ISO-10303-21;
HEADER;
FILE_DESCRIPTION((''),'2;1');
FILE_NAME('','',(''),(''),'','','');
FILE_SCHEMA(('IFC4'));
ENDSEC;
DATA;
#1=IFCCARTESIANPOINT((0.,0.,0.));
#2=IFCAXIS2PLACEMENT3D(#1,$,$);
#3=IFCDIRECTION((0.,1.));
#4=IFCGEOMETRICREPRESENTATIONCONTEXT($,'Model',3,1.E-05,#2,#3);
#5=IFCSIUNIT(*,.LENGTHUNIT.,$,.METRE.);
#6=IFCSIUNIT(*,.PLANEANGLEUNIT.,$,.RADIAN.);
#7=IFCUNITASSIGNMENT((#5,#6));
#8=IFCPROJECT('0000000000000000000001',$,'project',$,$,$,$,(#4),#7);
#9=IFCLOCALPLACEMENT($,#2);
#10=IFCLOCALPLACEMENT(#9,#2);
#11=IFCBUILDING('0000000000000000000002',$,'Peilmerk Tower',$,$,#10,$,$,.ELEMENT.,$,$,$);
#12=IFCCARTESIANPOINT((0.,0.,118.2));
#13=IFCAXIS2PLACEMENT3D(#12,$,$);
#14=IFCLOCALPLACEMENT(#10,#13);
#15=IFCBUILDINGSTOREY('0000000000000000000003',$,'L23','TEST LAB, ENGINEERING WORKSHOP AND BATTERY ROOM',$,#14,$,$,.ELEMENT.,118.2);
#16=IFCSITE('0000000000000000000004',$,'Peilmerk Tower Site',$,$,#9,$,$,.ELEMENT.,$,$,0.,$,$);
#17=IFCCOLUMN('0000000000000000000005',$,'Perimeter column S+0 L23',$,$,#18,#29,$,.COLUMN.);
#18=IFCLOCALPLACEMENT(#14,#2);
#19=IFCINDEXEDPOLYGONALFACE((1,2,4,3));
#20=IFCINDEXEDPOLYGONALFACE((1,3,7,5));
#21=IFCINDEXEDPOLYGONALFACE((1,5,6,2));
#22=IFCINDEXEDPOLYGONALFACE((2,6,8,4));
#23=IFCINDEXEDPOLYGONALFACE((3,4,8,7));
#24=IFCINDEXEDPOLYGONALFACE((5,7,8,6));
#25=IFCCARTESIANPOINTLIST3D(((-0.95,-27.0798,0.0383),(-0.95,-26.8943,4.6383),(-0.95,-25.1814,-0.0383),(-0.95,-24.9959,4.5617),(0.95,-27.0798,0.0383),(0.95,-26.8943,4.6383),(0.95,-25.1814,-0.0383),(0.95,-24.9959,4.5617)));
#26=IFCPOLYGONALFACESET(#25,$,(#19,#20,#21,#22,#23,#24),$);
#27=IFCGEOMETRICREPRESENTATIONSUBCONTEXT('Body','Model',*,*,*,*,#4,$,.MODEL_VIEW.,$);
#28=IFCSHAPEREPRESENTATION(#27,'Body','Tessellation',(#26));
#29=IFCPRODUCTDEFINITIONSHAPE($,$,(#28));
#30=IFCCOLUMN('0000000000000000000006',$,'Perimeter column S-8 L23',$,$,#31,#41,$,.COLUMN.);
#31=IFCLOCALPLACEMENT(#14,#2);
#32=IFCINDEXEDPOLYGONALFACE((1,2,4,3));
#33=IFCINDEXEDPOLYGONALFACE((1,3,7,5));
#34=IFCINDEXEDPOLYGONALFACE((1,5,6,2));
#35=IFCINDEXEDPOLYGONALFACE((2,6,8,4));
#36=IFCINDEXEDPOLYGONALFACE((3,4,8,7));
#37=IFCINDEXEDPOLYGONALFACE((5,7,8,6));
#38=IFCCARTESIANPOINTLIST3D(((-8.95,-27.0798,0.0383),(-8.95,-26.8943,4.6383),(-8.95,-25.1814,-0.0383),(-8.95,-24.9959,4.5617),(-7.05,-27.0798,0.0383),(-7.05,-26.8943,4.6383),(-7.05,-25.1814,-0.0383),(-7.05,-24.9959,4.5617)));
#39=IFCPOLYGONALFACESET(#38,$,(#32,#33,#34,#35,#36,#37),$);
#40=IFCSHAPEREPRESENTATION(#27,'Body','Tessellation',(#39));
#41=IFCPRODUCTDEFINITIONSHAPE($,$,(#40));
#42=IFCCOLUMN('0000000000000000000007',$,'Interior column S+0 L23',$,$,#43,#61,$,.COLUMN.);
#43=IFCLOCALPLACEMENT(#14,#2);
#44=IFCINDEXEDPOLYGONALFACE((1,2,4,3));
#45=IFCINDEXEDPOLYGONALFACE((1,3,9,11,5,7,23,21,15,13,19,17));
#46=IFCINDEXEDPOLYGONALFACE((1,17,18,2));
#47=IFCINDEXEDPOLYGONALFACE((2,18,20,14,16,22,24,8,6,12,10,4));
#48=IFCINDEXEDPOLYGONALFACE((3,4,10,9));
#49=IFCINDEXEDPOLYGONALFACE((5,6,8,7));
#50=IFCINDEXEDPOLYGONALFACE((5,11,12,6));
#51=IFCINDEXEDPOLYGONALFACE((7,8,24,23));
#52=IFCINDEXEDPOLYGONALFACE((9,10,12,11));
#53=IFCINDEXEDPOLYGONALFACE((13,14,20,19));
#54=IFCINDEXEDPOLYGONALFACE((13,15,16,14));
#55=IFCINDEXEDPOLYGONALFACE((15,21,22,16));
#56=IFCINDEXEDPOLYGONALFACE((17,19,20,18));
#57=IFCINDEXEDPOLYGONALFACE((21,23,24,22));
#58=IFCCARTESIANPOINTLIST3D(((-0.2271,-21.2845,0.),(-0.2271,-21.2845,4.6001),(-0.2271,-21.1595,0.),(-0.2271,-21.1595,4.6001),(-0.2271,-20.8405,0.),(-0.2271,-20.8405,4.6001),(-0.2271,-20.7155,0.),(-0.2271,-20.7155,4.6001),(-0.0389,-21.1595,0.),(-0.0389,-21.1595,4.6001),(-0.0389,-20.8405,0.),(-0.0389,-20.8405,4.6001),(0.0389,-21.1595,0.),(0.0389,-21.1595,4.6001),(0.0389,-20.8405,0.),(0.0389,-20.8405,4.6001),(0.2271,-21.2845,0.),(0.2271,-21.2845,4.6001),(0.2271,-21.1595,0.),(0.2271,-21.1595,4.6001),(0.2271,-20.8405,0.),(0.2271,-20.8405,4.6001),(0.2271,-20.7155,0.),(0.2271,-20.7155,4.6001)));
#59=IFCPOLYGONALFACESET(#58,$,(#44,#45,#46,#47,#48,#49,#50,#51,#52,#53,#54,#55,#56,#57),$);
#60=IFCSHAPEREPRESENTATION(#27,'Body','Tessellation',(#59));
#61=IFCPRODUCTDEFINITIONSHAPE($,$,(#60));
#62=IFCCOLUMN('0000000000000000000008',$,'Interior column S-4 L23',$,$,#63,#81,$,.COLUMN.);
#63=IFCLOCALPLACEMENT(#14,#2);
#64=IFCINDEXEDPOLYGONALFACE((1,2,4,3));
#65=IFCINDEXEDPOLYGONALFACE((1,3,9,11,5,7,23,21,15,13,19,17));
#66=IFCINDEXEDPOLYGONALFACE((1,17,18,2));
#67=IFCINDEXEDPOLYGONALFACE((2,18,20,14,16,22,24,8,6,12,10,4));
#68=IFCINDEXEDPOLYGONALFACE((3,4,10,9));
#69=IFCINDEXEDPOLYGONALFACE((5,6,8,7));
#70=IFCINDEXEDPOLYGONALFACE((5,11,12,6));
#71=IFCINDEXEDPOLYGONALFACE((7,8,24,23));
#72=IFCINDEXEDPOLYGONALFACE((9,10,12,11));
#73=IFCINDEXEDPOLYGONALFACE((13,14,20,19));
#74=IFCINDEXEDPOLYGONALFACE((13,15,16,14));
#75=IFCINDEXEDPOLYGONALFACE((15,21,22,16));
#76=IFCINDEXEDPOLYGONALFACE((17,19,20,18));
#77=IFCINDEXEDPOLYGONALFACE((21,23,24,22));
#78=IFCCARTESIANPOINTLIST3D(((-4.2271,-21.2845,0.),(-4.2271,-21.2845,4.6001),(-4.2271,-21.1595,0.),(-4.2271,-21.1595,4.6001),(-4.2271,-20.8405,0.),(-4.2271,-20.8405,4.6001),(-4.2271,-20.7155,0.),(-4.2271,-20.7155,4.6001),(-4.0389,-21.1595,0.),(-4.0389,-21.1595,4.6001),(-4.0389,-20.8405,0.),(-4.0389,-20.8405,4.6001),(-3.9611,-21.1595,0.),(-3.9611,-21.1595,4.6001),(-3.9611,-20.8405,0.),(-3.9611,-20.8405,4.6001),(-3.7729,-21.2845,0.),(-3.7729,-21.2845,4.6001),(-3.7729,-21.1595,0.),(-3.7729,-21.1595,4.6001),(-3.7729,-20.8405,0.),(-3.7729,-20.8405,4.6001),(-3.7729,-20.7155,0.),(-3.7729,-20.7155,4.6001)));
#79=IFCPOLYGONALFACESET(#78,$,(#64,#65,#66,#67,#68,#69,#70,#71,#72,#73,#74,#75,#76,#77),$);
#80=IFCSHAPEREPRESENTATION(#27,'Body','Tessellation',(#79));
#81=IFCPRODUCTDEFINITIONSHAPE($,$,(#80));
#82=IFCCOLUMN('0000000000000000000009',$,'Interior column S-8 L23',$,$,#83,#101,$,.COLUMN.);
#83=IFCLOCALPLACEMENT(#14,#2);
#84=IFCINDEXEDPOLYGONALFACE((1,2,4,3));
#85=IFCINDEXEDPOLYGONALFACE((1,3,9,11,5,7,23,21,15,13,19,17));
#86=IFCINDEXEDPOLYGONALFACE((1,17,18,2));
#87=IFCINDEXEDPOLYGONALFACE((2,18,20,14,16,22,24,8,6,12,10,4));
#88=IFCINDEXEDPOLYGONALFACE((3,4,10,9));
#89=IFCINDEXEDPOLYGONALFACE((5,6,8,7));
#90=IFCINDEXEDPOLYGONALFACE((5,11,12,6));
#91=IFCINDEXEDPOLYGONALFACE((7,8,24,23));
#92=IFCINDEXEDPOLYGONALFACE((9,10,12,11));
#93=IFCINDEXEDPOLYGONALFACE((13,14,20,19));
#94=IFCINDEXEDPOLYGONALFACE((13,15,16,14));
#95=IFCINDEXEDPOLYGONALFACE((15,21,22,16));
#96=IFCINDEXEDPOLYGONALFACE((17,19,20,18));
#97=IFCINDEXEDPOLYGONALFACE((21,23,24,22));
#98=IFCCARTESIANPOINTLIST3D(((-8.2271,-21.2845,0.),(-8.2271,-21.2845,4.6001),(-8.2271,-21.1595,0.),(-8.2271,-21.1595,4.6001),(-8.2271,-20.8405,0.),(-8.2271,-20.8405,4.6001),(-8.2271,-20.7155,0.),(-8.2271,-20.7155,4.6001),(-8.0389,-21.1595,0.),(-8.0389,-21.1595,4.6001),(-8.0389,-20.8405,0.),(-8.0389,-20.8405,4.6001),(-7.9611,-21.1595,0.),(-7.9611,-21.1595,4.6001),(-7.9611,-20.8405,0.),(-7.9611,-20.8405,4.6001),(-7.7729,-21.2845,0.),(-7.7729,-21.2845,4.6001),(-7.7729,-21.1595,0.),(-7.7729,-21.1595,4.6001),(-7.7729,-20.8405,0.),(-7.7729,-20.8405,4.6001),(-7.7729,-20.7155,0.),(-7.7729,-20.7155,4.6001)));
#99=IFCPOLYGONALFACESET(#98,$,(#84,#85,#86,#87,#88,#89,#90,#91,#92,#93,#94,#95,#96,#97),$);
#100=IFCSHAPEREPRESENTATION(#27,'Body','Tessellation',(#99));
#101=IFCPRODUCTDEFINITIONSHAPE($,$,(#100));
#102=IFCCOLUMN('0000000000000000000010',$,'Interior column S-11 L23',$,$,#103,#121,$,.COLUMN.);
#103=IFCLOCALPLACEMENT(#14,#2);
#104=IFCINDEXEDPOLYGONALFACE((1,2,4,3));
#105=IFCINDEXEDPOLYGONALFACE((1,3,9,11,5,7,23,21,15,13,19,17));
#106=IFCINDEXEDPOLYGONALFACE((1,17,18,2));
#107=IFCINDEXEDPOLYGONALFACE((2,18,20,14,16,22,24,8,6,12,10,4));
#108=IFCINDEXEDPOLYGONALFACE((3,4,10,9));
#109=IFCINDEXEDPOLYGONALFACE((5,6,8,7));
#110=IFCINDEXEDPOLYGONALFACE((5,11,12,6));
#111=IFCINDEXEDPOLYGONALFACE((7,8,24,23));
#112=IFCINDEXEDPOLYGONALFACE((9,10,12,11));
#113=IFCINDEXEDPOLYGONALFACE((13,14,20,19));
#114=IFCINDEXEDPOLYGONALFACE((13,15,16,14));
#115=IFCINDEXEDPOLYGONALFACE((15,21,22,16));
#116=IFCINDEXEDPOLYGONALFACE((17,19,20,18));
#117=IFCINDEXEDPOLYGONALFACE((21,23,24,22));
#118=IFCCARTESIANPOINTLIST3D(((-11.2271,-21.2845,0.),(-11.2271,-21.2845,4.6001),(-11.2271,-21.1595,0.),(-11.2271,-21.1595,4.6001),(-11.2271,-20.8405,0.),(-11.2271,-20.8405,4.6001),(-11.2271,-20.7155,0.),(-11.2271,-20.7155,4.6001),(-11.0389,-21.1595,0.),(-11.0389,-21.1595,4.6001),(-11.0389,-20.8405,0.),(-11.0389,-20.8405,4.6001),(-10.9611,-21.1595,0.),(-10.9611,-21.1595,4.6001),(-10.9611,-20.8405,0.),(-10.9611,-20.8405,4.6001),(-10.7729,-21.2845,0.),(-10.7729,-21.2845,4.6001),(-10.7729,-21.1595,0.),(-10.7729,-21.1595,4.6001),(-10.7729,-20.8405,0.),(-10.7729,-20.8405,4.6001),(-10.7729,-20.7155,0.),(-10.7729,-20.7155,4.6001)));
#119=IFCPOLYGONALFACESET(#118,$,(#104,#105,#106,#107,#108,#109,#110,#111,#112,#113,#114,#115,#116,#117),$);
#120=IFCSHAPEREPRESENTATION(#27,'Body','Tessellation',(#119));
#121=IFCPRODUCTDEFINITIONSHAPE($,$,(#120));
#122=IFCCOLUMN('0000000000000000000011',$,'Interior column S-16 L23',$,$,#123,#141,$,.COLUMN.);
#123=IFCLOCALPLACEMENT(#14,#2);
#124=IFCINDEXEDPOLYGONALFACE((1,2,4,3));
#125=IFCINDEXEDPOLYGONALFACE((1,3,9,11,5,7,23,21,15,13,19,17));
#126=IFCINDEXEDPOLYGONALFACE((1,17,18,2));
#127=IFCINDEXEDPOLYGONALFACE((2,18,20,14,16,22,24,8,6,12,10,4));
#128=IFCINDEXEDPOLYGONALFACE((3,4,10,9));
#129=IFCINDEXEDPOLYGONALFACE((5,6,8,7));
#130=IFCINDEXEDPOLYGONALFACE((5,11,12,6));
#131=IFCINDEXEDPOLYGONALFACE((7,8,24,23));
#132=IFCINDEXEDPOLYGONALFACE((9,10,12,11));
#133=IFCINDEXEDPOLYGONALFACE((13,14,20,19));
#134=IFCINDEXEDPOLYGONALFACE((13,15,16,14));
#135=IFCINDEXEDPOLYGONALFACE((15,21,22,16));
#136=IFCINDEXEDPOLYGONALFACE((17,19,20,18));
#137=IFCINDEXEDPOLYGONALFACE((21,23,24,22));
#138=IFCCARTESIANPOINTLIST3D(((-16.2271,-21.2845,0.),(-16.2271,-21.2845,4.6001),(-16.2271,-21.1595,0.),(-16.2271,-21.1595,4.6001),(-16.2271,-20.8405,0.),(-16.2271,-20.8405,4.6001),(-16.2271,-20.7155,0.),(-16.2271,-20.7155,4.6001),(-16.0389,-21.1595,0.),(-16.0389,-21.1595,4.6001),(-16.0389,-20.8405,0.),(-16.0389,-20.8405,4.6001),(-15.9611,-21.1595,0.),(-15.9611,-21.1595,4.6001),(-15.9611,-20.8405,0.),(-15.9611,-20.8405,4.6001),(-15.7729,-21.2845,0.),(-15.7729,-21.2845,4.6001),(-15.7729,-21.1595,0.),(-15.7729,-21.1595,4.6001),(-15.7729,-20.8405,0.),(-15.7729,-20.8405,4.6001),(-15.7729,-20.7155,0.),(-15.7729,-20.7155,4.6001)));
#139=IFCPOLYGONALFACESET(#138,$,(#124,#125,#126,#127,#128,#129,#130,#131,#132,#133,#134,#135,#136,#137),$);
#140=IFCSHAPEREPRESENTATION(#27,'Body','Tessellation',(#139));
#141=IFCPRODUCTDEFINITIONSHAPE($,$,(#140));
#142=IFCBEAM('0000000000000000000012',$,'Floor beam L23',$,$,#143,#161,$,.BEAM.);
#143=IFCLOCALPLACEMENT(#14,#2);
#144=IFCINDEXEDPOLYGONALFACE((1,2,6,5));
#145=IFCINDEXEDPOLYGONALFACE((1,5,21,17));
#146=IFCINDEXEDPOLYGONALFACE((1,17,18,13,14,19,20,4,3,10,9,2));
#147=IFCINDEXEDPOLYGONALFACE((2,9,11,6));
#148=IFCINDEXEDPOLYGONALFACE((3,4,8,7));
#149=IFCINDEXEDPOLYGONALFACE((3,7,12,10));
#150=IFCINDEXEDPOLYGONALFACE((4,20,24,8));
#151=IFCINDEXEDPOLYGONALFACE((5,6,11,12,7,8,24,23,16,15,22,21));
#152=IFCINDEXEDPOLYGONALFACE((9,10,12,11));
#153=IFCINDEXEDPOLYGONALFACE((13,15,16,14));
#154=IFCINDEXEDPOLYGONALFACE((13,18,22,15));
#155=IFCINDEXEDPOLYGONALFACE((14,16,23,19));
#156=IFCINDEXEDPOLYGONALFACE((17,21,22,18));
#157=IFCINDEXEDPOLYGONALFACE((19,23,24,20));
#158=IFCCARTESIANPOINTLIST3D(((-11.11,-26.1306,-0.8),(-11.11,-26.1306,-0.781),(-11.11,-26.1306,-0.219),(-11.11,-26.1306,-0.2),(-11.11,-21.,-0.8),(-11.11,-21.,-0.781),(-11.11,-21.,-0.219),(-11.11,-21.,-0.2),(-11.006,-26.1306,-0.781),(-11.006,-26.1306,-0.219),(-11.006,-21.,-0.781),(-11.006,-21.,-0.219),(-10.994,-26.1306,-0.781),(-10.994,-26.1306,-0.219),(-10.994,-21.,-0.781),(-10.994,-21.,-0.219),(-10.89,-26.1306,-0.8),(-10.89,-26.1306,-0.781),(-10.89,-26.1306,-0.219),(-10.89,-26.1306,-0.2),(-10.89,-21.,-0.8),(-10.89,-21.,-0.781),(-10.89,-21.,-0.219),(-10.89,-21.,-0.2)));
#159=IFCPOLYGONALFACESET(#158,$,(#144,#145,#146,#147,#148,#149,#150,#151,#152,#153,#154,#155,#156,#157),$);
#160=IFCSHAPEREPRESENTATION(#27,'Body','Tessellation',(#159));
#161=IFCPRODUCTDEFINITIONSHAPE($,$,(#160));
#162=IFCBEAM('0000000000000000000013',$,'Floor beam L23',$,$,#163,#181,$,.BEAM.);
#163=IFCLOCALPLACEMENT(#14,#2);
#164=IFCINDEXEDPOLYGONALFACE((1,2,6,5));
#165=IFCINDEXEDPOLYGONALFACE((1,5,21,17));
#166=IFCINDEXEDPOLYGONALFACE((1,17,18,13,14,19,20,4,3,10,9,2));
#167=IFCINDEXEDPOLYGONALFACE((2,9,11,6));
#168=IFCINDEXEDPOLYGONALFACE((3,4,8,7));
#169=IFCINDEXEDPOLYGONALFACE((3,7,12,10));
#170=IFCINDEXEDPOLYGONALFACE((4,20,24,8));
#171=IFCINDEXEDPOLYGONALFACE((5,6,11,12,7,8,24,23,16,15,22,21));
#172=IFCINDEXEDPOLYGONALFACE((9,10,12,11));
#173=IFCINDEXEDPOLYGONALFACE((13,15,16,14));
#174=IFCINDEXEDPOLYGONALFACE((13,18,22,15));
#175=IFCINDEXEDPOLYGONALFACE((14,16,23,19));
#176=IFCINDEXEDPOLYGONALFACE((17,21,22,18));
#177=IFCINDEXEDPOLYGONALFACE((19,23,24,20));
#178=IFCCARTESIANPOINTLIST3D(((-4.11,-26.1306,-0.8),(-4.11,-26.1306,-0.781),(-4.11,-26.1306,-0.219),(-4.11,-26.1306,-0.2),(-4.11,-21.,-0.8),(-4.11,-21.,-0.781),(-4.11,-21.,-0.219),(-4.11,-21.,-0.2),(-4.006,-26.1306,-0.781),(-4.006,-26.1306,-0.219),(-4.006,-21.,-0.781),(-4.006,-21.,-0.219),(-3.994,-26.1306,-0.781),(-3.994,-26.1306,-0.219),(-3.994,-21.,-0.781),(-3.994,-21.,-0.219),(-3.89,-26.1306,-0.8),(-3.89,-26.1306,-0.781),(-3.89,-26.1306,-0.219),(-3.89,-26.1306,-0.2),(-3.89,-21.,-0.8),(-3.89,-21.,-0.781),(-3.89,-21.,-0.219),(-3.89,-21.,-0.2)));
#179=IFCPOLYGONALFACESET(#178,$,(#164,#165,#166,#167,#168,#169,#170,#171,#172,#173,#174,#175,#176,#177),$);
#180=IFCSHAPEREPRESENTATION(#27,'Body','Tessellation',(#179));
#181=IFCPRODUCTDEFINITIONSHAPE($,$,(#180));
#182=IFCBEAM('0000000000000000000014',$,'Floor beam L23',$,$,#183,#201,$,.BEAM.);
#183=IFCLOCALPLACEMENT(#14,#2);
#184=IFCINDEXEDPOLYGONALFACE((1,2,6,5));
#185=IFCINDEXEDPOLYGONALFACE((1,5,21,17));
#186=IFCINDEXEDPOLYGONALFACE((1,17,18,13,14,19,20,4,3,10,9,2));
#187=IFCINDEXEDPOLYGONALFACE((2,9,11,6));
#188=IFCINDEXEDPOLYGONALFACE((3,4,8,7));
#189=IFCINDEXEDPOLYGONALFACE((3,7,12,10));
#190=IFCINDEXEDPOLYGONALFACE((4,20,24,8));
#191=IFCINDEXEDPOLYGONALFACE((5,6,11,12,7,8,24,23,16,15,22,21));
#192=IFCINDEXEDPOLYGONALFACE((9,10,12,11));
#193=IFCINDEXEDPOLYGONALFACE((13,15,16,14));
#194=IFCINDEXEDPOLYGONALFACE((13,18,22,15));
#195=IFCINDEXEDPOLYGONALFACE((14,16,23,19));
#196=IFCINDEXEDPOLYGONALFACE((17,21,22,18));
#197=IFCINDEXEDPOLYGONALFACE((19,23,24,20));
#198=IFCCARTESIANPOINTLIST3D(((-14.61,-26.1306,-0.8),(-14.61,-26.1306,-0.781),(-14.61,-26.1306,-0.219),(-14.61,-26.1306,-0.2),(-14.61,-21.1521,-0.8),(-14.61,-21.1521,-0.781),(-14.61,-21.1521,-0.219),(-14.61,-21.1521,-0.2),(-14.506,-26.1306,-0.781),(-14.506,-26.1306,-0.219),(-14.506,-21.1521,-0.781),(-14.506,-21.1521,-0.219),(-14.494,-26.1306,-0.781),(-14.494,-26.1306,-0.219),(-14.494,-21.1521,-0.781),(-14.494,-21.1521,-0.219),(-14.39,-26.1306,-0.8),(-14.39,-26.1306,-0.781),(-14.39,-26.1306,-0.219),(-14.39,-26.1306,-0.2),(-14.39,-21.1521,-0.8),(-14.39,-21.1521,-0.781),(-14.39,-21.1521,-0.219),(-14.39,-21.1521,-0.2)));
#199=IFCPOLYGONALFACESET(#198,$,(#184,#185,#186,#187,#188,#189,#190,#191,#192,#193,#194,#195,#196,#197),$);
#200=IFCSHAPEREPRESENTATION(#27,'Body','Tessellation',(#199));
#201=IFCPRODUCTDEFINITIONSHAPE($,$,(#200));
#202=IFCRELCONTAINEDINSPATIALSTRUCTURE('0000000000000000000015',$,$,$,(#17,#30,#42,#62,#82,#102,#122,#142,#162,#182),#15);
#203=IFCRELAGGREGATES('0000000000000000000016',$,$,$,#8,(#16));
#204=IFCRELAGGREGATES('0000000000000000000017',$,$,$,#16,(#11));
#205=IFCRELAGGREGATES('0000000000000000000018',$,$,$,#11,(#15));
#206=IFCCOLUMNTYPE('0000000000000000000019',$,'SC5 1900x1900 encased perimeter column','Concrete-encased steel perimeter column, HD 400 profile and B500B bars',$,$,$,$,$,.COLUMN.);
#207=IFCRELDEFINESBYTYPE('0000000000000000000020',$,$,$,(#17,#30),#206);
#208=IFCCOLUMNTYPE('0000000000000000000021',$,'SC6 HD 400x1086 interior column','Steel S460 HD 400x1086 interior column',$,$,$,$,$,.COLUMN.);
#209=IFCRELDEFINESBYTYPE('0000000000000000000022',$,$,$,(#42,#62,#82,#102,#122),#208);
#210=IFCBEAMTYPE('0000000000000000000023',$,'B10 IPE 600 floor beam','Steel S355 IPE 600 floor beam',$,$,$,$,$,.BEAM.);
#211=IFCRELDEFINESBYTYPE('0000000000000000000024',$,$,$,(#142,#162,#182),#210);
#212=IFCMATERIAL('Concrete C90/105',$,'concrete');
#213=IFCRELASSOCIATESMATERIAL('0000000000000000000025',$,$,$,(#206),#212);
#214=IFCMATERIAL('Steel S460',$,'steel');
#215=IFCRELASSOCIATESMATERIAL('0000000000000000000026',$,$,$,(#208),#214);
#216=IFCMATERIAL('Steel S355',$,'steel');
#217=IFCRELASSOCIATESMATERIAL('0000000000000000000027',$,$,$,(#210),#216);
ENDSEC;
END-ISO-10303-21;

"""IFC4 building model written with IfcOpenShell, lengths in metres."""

from ifc_helpers import new_model, si_unit, direction, frame, origin, origin_2d, place, context, subcontext, project, spatial, rectangle, i_section, extrude, material, material_profile, profile_set, type_object, element, save


model = new_model("IFC4")

# Units and contexts
model_context = context("Model", 3, precision=1e-05, world=origin(), true_north=direction((0.0, 1.0)))
body_context = subcontext(model_context, "Body", "Model", "MODEL_VIEW")
ifc_project = project(units=[si_unit("LENGTHUNIT", "METRE"), si_unit("PLANEANGLEUNIT", "RADIAN")], contexts=[model_context])

# Site, building, storey
site_placement = place(None, origin())
site = spatial("IfcSite", under=ifc_project, at=site_placement, Name="Peilmerk Tower Site", CompositionType="ELEMENT", RefElevation=0.0)
building_placement = place(site_placement, origin())
building = spatial("IfcBuilding", under=site, at=building_placement, Name="Peilmerk Tower", CompositionType="ELEMENT")
storey_placement = place(building_placement, frame((0.0, 0.0, 118.2)))
storey = spatial("IfcBuildingStorey", under=building, at=storey_placement, Name="L23", Description="TEST LAB, ENGINEERING WORKSHOP AND BATTERY ROOM", CompositionType="ELEMENT", Elevation=118.2)

# Columns
ifc_material_1 = material(Name="Concrete C90/105", Category="concrete")
ifc_material_profile_1 = material_profile(ifc_material_1, rectangle(XDim=1.8999, YDim=1.8999, at=origin_2d()), Name="RC 1900x1900")
ifc_profile_set_1 = profile_set([ifc_material_profile_1], Name="Concrete C90/105")
column_type_1 = type_object("IfcColumnType", Name="SC5 1900x1900 encased perimeter column", Description="Concrete-encased steel perimeter column, HD 400 profile and B500B bars", PredefinedType="COLUMN", material=ifc_profile_set_1)
for number, where, z_axis, x_axis, name in (
    (1, (0.0, -26.1306, 0.0), (0.0, 0.040303, 0.999188), (-1.0, 0.0, 0.0), "Perimeter column S+0 L23"),
    (2, (-8.0, -26.1306, 0.0), (0.0, 0.040303, 0.999188), (-1.0, 0.0, 0.0), "Perimeter column S-8 L23"),
):
    element("IfcColumn", number, at=place(storey_placement, frame(where, z_axis=z_axis, x_axis=x_axis)), inside=storey, type_object=column_type_1, Name=name, PredefinedType="COLUMN", context=body_context, shape_type="SweptSolid", body=[
        extrude(rectangle(XDim=1.8999, YDim=1.8999, at=origin_2d()), origin(), (0.0, 0.0, 1.0), 4.6038),
    ])
ifc_material_2 = material(Name="Steel S460", Category="steel")
ifc_material_profile_2 = material_profile(ifc_material_2, i_section(OverallWidth=0.4541, OverallDepth=0.5691, WebThickness=0.0779, FlangeThickness=0.125, at=origin_2d()), Name="HD 400x1086")
ifc_profile_set_2 = profile_set([ifc_material_profile_2], Name="Steel S460")
column_type_2 = type_object("IfcColumnType", Name="SC6 HD 400x1086 interior column", Description="Steel S460 HD 400x1086 interior column", PredefinedType="COLUMN", material=ifc_profile_set_2)
for number, where, z_axis, x_axis, name in (
    (3, (0.0, -21.0, 0.0), (0.0, 0.0, 1.0), (1.0, 0.0, 0.0), "Interior column S+0 L23"),
    (4, (-4.0, -21.0, 0.0), (0.0, 0.0, 1.0), (1.0, 0.0, 0.0), "Interior column S-4 L23"),
    (5, (-8.0, -21.0, 0.0), (0.0, 0.0, 1.0), (1.0, 0.0, 0.0), "Interior column S-8 L23"),
    (6, (-11.0, -21.0, 0.0), (0.0, 0.0, 1.0), (1.0, 0.0, 0.0), "Interior column S-11 L23"),
    (7, (-16.0, -21.0, 0.0), (0.0, 0.0, 1.0), (1.0, 0.0, 0.0), "Interior column S-16 L23"),
):
    element("IfcColumn", number, at=place(storey_placement, frame(where, z_axis=z_axis, x_axis=x_axis)), inside=storey, type_object=column_type_2, Name=name, PredefinedType="COLUMN", context=body_context, shape_type="SweptSolid", body=[
        extrude(i_section(OverallWidth=0.4541, OverallDepth=0.5691, WebThickness=0.0779, FlangeThickness=0.125, at=origin_2d()), origin(), (0.0, 0.0, 1.0), 4.6001),
    ])

# Beams
ifc_material_3 = material(Name="Steel S355", Category="steel")
ifc_material_profile_3 = material_profile(ifc_material_3, i_section(OverallWidth=0.22, OverallDepth=0.6001, WebThickness=0.012, FlangeThickness=0.019, at=origin_2d()), Name="IPE 600")
ifc_profile_set_3 = profile_set([ifc_material_profile_3], Name="Steel S355")
beam_type_1 = type_object("IfcBeamType", Name="B10 IPE 600 floor beam", Description="Steel S355 IPE 600 floor beam", PredefinedType="BEAM", material=ifc_profile_set_3)
for number, where, z_axis, x_axis, name in (
    (8, (-11.0, -21.0, -0.5), (0.0, -1.0, 0.0), (1.0, 0.0, 0.0), "Floor beam L23"),
    (9, (-4.0, -21.0, -0.5), (0.0, -1.0, 0.0), (1.0, 0.0, 0.0), "Floor beam L23"),
):
    element("IfcBeam", number, at=place(storey_placement, frame(where, z_axis=z_axis, x_axis=x_axis)), inside=storey, type_object=beam_type_1, Name=name, PredefinedType="BEAM", context=body_context, shape_type="SweptSolid", body=[
        extrude(i_section(OverallWidth=0.22, OverallDepth=0.6001, WebThickness=0.012, FlangeThickness=0.019, at=origin_2d()), origin(), (0.0, 0.0, 1.0), 5.1306),
    ])
beam_1_placement = place(storey_placement, frame((-14.5, -21.1521, -0.5), z_axis=(0.0, -1.0, 0.0), x_axis=(1.0, 0.0, 0.0)))
element("IfcBeam", 10, at=beam_1_placement, inside=storey, type_object=beam_type_1, Name="Floor beam L23", PredefinedType="BEAM", context=body_context, shape_type="SweptSolid", body=[
    extrude(i_section(OverallWidth=0.22, OverallDepth=0.6001, WebThickness=0.012, FlangeThickness=0.019, at=origin_2d()), origin(), (0.0, 0.0, 1.0), 4.9785),
])

save(model, "model.ifc")
